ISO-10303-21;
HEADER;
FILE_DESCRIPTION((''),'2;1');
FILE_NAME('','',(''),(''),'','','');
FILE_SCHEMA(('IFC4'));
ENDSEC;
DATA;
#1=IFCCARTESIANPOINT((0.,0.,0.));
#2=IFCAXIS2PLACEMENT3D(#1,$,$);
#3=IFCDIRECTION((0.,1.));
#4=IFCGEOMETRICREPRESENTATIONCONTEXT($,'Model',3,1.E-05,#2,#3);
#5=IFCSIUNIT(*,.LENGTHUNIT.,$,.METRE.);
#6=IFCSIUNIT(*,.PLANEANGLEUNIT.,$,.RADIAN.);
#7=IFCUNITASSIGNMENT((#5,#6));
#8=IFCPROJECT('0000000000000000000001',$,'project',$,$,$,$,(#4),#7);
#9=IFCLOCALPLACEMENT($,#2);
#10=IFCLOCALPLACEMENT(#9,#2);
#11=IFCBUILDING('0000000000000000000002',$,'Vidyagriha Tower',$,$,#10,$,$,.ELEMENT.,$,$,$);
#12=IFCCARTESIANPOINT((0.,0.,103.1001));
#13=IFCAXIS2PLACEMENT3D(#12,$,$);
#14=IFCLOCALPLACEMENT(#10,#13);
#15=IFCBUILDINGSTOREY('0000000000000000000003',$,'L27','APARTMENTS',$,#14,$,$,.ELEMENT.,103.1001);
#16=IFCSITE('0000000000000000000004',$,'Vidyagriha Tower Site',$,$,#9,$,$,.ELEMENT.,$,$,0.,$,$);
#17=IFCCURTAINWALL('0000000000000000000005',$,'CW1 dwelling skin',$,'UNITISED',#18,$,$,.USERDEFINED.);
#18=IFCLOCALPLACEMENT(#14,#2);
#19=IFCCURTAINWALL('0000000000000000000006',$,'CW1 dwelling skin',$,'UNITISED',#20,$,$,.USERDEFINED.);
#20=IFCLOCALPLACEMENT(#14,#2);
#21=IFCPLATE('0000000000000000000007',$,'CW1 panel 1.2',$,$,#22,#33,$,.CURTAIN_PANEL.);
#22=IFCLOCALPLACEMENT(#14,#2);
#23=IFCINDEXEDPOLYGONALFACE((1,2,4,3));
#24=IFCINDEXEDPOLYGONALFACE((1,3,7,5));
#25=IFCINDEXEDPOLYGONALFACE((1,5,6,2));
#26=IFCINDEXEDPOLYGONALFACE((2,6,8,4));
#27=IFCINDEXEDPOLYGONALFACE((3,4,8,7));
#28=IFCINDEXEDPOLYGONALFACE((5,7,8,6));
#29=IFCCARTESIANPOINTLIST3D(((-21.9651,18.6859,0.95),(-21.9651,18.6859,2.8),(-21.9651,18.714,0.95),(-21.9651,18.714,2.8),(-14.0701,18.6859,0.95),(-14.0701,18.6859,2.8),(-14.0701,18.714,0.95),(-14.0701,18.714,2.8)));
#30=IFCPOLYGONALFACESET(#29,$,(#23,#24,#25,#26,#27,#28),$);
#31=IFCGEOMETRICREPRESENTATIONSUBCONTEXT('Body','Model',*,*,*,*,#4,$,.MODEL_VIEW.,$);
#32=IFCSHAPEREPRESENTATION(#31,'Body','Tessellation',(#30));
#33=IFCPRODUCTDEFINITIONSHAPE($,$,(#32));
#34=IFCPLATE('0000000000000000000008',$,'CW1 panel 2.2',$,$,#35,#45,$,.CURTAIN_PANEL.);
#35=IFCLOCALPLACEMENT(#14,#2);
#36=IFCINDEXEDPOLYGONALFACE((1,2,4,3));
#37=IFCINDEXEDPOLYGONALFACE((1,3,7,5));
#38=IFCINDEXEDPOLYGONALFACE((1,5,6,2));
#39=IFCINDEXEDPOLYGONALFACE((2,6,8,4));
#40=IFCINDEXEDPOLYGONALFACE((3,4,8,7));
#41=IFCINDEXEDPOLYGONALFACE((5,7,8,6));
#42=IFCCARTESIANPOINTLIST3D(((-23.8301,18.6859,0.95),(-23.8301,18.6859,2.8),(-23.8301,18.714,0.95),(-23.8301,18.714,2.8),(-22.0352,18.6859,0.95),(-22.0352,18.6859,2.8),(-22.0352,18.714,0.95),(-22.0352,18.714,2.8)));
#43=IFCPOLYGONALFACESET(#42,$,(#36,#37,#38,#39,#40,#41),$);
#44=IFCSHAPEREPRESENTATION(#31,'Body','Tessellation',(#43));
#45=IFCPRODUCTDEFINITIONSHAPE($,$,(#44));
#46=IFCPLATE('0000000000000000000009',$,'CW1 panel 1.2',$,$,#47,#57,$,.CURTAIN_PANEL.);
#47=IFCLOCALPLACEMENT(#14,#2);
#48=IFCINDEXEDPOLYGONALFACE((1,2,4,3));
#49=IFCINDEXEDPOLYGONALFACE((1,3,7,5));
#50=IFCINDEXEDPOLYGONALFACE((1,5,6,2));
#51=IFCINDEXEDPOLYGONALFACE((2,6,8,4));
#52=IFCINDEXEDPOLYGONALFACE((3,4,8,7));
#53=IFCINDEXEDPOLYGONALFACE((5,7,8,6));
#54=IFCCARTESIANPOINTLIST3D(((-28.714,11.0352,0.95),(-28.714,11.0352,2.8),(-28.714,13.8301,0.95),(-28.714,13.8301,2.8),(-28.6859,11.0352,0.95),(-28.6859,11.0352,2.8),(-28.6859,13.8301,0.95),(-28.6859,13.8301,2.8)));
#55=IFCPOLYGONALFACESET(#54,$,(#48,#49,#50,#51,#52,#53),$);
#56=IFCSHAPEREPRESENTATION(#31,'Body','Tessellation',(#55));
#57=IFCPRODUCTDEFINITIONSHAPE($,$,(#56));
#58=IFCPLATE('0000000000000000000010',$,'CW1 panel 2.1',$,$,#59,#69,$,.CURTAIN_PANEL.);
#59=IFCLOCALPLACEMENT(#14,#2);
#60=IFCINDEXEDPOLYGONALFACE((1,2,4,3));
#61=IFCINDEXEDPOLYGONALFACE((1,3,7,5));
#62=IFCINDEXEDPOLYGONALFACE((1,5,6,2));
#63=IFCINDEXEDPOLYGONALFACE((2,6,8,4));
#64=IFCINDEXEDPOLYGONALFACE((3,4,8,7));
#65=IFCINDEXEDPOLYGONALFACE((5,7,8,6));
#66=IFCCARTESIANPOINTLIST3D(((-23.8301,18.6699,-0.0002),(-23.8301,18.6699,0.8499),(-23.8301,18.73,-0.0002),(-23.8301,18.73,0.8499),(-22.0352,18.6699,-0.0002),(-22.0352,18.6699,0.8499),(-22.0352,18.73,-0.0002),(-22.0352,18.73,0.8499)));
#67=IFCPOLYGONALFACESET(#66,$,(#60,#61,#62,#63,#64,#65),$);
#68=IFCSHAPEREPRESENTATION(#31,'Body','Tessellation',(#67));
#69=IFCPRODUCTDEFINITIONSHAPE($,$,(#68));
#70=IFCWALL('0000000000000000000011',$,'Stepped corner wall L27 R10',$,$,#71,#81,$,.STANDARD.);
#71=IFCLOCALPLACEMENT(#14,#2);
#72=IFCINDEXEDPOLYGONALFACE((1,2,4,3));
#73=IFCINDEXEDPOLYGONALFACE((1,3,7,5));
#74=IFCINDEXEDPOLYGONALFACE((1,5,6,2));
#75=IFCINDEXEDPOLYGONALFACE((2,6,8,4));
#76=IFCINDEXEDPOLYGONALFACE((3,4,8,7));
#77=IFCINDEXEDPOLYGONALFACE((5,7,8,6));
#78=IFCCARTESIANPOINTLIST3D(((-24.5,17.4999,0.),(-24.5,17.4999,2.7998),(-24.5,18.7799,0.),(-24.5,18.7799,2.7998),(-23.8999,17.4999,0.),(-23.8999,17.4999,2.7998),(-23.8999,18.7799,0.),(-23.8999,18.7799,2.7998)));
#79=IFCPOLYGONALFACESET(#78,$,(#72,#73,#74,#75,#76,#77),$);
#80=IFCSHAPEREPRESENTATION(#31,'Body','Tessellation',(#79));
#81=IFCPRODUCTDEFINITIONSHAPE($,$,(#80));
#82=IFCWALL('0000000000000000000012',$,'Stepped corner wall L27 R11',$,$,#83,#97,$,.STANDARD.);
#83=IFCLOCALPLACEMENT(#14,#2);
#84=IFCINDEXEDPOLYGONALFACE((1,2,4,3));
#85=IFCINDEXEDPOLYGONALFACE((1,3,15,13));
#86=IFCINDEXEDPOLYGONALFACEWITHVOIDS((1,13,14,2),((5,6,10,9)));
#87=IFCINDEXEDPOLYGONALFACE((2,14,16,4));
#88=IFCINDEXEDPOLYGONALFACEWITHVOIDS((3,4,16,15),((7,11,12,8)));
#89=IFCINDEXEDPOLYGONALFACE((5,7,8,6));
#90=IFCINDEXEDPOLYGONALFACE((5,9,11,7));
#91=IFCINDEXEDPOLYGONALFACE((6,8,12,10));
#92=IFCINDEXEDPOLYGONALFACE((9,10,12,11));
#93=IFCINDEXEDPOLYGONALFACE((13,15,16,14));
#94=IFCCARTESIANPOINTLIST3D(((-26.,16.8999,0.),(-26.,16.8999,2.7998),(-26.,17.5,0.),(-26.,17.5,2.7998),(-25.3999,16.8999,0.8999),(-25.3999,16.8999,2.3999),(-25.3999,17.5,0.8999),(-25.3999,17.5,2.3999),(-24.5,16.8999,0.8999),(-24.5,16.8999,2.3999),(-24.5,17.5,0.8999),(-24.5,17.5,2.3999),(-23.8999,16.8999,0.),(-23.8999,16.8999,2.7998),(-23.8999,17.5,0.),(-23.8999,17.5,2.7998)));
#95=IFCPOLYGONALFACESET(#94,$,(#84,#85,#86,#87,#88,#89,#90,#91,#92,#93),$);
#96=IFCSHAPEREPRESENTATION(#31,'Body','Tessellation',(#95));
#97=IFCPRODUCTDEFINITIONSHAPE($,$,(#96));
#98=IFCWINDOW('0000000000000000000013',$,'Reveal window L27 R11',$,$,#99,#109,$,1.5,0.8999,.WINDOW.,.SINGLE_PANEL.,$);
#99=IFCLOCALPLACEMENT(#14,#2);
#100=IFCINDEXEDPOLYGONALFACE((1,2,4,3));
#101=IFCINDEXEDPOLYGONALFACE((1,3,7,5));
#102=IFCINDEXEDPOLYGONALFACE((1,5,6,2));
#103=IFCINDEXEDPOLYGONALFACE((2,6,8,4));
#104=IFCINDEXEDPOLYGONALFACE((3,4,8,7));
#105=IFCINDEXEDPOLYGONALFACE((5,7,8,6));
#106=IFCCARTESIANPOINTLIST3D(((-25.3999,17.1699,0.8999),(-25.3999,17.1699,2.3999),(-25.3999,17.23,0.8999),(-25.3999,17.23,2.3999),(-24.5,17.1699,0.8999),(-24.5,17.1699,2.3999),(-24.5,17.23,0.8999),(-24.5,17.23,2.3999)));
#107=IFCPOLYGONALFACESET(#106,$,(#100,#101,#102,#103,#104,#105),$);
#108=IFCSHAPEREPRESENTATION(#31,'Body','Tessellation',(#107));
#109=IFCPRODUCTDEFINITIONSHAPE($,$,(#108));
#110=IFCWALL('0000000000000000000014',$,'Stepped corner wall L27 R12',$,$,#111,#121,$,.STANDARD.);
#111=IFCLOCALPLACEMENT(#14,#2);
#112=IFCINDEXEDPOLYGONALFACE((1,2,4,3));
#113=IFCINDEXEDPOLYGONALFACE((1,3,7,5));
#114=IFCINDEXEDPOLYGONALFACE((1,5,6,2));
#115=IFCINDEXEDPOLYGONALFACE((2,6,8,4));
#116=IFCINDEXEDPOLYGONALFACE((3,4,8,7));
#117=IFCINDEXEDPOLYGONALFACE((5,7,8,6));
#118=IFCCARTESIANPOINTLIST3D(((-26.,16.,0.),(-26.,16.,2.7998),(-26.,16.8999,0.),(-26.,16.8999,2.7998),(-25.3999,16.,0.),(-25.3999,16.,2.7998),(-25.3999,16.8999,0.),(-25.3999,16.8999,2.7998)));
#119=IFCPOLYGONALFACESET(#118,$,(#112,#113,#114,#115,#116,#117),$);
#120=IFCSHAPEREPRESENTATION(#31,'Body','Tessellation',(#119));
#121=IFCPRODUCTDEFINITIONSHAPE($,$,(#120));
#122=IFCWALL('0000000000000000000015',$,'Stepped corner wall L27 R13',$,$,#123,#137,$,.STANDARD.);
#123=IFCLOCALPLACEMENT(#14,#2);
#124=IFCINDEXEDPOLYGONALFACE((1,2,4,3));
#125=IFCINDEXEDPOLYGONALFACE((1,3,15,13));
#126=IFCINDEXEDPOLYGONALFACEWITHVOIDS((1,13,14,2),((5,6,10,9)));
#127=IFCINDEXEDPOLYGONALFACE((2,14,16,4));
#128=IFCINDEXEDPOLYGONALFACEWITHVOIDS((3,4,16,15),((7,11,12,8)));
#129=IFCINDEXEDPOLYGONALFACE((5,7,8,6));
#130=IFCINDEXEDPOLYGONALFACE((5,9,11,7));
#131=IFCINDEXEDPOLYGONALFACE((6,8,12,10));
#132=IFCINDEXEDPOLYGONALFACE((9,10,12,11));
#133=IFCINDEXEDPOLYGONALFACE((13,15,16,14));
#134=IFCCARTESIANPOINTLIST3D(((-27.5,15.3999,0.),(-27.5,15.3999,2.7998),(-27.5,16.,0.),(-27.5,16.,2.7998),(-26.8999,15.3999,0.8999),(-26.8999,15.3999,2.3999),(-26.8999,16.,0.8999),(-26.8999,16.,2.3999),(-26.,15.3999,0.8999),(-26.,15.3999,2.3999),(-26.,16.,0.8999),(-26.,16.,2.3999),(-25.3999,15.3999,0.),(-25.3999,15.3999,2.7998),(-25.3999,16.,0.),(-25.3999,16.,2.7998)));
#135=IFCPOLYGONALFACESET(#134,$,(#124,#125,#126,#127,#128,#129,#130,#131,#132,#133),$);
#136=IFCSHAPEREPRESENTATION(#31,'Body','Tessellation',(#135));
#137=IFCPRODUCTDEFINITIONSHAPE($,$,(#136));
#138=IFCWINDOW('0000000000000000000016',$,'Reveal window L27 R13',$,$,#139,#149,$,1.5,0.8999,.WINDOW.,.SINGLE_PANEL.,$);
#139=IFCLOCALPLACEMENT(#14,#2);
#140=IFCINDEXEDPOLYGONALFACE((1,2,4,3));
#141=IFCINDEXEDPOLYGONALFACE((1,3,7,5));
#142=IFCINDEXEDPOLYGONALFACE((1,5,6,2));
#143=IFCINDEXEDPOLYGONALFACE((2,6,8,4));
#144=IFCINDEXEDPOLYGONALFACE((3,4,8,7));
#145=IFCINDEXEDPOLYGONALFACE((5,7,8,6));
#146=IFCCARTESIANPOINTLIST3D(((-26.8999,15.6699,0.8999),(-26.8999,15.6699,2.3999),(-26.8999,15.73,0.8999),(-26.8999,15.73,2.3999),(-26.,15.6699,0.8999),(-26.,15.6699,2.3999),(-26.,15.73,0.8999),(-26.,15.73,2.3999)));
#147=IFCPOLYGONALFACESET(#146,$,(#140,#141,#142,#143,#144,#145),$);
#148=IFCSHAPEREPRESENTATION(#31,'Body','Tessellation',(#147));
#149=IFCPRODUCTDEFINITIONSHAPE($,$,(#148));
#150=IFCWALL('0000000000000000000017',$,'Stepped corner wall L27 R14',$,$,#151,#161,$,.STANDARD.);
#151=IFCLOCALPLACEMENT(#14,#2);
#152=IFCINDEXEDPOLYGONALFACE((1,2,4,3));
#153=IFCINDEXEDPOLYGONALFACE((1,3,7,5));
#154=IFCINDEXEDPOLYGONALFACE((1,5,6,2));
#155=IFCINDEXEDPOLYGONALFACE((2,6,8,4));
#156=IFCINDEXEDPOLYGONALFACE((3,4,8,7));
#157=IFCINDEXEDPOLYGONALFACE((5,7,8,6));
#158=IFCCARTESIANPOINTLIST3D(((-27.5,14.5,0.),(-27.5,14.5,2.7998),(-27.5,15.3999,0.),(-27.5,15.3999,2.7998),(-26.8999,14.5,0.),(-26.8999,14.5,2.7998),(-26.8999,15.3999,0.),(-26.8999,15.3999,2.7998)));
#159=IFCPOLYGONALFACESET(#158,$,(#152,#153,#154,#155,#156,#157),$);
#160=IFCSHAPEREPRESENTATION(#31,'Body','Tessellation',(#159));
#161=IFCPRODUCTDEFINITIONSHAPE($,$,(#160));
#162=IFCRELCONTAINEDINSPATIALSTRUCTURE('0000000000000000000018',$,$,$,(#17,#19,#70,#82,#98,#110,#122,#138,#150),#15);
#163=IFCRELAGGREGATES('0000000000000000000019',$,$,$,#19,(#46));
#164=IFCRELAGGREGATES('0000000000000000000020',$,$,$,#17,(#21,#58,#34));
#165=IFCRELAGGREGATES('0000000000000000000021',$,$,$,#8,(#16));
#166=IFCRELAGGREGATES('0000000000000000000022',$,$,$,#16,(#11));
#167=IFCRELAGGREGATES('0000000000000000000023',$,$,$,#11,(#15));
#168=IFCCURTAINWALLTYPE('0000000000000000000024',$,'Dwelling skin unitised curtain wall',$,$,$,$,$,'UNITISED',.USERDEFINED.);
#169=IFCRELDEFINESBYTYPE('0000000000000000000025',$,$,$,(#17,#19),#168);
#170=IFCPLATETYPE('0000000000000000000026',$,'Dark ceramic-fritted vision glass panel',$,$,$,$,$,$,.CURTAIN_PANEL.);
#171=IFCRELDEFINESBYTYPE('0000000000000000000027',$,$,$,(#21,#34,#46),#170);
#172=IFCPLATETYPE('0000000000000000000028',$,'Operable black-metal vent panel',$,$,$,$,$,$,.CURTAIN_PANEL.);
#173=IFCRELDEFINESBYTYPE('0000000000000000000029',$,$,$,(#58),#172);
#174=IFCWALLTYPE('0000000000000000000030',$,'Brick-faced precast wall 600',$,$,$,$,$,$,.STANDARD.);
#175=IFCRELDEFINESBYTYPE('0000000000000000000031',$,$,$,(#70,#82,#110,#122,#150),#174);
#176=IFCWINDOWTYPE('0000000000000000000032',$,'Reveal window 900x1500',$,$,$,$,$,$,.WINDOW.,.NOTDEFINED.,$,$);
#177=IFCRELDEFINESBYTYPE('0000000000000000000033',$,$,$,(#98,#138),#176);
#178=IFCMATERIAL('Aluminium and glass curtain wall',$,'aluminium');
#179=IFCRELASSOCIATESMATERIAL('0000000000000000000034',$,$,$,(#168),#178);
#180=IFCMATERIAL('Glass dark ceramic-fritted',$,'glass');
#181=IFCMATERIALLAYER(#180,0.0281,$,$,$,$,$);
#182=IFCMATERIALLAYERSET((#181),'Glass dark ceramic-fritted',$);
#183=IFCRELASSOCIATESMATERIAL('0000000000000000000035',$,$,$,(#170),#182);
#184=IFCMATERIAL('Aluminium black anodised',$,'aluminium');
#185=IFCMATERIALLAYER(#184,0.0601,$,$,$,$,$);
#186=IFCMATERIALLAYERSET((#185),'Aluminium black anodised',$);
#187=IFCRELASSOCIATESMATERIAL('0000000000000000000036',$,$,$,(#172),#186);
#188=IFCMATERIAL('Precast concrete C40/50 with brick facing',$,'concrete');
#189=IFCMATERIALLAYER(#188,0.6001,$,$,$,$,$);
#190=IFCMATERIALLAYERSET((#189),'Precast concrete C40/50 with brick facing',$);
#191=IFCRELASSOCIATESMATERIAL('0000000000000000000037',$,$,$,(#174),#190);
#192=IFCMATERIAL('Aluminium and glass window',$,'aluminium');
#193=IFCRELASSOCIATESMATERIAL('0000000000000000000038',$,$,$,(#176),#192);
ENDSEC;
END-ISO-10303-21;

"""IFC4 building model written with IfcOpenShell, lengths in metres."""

from ifc_helpers import new_model, si_unit, direction, frame, frame_2d, origin, origin_2d, place, context, subcontext, project, spatial, rectangle, extrude, material, layer, layer_set, type_object, element, fill, aggregate, save


model = new_model("IFC4")

# Units and contexts
model_context = context("Model", 3, precision=1e-05, world=origin(), true_north=direction((0.0, 1.0)))
body_context = subcontext(model_context, "Body", "Model", "MODEL_VIEW")
ifc_project = project(units=[si_unit("LENGTHUNIT", "METRE"), si_unit("PLANEANGLEUNIT", "RADIAN")], contexts=[model_context])

# Site, building, storey
site_placement = place(None, origin())
site = spatial("IfcSite", under=ifc_project, at=site_placement, Name="Vidyagriha Tower Site", CompositionType="ELEMENT", RefElevation=0.0)
building_placement = place(site_placement, origin())
building = spatial("IfcBuilding", under=site, at=building_placement, Name="Vidyagriha Tower", CompositionType="ELEMENT")
storey_placement = place(building_placement, frame((0.0, 0.0, 103.1001)))
storey = spatial("IfcBuildingStorey", under=building, at=storey_placement, Name="L27", Description="APARTMENTS", CompositionType="ELEMENT", Elevation=103.1001)

# Curtain wall
ifc_material_1 = material(Name="Aluminium and glass curtain wall", Category="aluminium")
curtain_wall_type = type_object("IfcCurtainWallType", Name="Dwelling skin unitised curtain wall", ElementType="UNITISED", PredefinedType="USERDEFINED", material=ifc_material_1)
curtain_wall_1_placement = place(storey_placement, origin())
curtain_wall_1 = element("IfcCurtainWall", 1, at=curtain_wall_1_placement, inside=storey, type_object=curtain_wall_type, Name="CW1 dwelling skin", ObjectType="UNITISED", PredefinedType="USERDEFINED")

# Curtain wall
curtain_wall_2_placement = place(storey_placement, origin())
curtain_wall_2 = element("IfcCurtainWall", 2, at=curtain_wall_2_placement, inside=storey, type_object=curtain_wall_type, Name="CW1 dwelling skin", ObjectType="UNITISED", PredefinedType="USERDEFINED")

# Plates
ifc_material_2 = material(Name="Glass dark ceramic-fritted", Category="glass")
ifc_layer_1 = layer(ifc_material_2, 0.0281)
ifc_layer_set_1 = layer_set([ifc_layer_1], Name="Glass dark ceramic-fritted")
plate_type_1 = type_object("IfcPlateType", Name="Dark ceramic-fritted vision glass panel", PredefinedType="CURTAIN_PANEL", material=ifc_layer_set_1)
plate_1_placement = place(storey_placement, frame((-18.0176, 18.7, 0.95), z_axis=(0.0, 0.0, 1.0), x_axis=(-1.0, 0.0, 0.0)))
plate_1 = element("IfcPlate", 3, at=plate_1_placement, type_object=plate_type_1, Name="CW1 panel 1.2", PredefinedType="CURTAIN_PANEL", context=body_context, shape_type="SweptSolid", body=[
    extrude(rectangle(XDim=7.895, YDim=0.0281, at=origin_2d()), origin(), (0.0, 0.0, 1.0), 1.8501),
])
plate_2_placement = place(storey_placement, frame((-22.9326, 18.7, 0.95), z_axis=(0.0, 0.0, 1.0), x_axis=(-1.0, 0.0, 0.0)))
plate_2 = element("IfcPlate", 4, at=plate_2_placement, type_object=plate_type_1, Name="CW1 panel 2.2", PredefinedType="CURTAIN_PANEL", context=body_context, shape_type="SweptSolid", body=[
    extrude(rectangle(XDim=1.7949, YDim=0.0281, at=origin_2d()), origin(), (0.0, 0.0, 1.0), 1.8501),
])
plate_3_placement = place(storey_placement, frame((-28.7, 12.4326, 0.95), z_axis=(0.0, 0.0, 1.0), x_axis=(0.0, -1.0, 0.0)))
plate_3 = element("IfcPlate", 5, at=plate_3_placement, type_object=plate_type_1, Name="CW1 panel 1.2", PredefinedType="CURTAIN_PANEL", context=body_context, shape_type="SweptSolid", body=[
    extrude(rectangle(XDim=2.7949, YDim=0.0281, at=origin_2d()), origin(), (0.0, 0.0, 1.0), 1.8501),
])
aggregate(curtain_wall_2, [plate_3])
ifc_material_3 = material(Name="Aluminium black anodised", Category="aluminium")
ifc_layer_2 = layer(ifc_material_3, 0.0601)
ifc_layer_set_2 = layer_set([ifc_layer_2], Name="Aluminium black anodised")
plate_type_2 = type_object("IfcPlateType", Name="Operable black-metal vent panel", PredefinedType="CURTAIN_PANEL", material=ifc_layer_set_2)
plate_4_placement = place(storey_placement, frame((-22.9326, 18.7, -0.0002), z_axis=(0.0, 0.0, 1.0), x_axis=(-1.0, 0.0, 0.0)))
plate_4 = element("IfcPlate", 6, at=plate_4_placement, type_object=plate_type_2, Name="CW1 panel 2.1", PredefinedType="CURTAIN_PANEL", context=body_context, shape_type="SweptSolid", body=[
    extrude(rectangle(XDim=1.7949, YDim=0.0601, at=origin_2d()), origin(), (0.0, 0.0, 1.0), 0.8501),
])
aggregate(curtain_wall_1, [plate_1, plate_4, plate_2])

# Wall
ifc_material_4 = material(Name="Precast concrete C40/50 with brick facing", Category="concrete")
ifc_layer_3 = layer(ifc_material_4, 0.6001)
ifc_layer_set_3 = layer_set([ifc_layer_3], Name="Precast concrete C40/50 with brick facing")
wall_type_1 = type_object("IfcWallType", Name="Brick-faced precast wall 600", PredefinedType="STANDARD", material=ifc_layer_set_3)
wall_1_placement = place(storey_placement, frame((-24.2, 18.78, 0.0), z_axis=(0.0, 0.0, 1.0), x_axis=(0.0, -1.0, 0.0)))
element("IfcWall", 7, at=wall_1_placement, inside=storey, type_object=wall_type_1, Name="Stepped corner wall L27 R10", PredefinedType="STANDARD", context=body_context, shape_type="SweptSolid", body=[
    extrude(rectangle(XDim=1.28, YDim=0.6001, at=frame_2d((0.6401, 0.0))), origin(), (0.0, 0.0, 1.0), 2.7998),
])

# Wall, opening, window
wall_2_placement = place(storey_placement, frame((-23.8999, 17.2, 0.0), z_axis=(0.0, 0.0, 1.0), x_axis=(-1.0, 0.0, 0.0)))
wall_2 = element("IfcWall", 8, at=wall_2_placement, inside=storey, type_object=wall_type_1, Name="Stepped corner wall L27 R11", PredefinedType="STANDARD", context=body_context, shape_type="SweptSolid", body=[
    extrude(rectangle(XDim=2.1001, YDim=0.6001, at=frame_2d((1.05, 0.0))), origin(), (0.0, 0.0, 1.0), 2.7998),
])
opening_1_placement = place(wall_2_placement, frame((0.6001, 0.0, 0.8999)))
opening_1 = element("IfcOpeningElement", 9, at=opening_1_placement, cuts=wall_2, PredefinedType="OPENING", context=body_context, shape_type="SweptSolid", body=[
    extrude(rectangle(XDim=0.8999, YDim=1.5, at=frame_2d((0.45, 0.75))), frame((0.0, 0.3101, 0.0), z_axis=(0.0, -1.0, 0.0), x_axis=(1.0, 0.0, 0.0)), (0.0, 0.0, 1.0), 0.6201),
])
ifc_material_5 = material(Name="Aluminium and glass window", Category="aluminium")
window_type = type_object("IfcWindowType", Name="Reveal window 900x1500", PartitioningType="NOTDEFINED", PredefinedType="WINDOW", material=ifc_material_5)
window_1_placement = place(opening_1_placement, origin())
window_1 = element("IfcWindow", 10, at=window_1_placement, inside=storey, type_object=window_type, Name="Reveal window L27 R11", OverallHeight=1.5, OverallWidth=0.8999, PartitioningType="SINGLE_PANEL", PredefinedType="WINDOW", context=body_context, shape_type="SweptSolid", body=[
    extrude(rectangle(XDim=0.8999, YDim=1.5, at=frame_2d((0.45, 0.75))), frame((0.0, 0.03, 0.0), z_axis=(0.0, -1.0, 0.0), x_axis=(1.0, 0.0, 0.0)), (0.0, 0.0, 1.0), 0.0601),
])
fill(opening_1, window_1)

# Wall
wall_3_placement = place(storey_placement, frame((-25.7, 16.8999, 0.0), z_axis=(0.0, 0.0, 1.0), x_axis=(0.0, -1.0, 0.0)))
element("IfcWall", 11, at=wall_3_placement, inside=storey, type_object=wall_type_1, Name="Stepped corner wall L27 R12", PredefinedType="STANDARD", context=body_context, shape_type="SweptSolid", body=[
    extrude(rectangle(XDim=0.8999, YDim=0.6001, at=frame_2d((0.45, 0.0))), origin(), (0.0, 0.0, 1.0), 2.7998),
])

# Wall, opening, window
wall_4_placement = place(storey_placement, frame((-25.3999, 15.7, 0.0), z_axis=(0.0, 0.0, 1.0), x_axis=(-1.0, 0.0, 0.0)))
wall_4 = element("IfcWall", 12, at=wall_4_placement, inside=storey, type_object=wall_type_1, Name="Stepped corner wall L27 R13", PredefinedType="STANDARD", context=body_context, shape_type="SweptSolid", body=[
    extrude(rectangle(XDim=2.1001, YDim=0.6001, at=frame_2d((1.05, 0.0))), origin(), (0.0, 0.0, 1.0), 2.7998),
])
opening_2_placement = place(wall_4_placement, frame((0.6001, 0.0, 0.8999)))
opening_2 = element("IfcOpeningElement", 13, at=opening_2_placement, cuts=wall_4, PredefinedType="OPENING", context=body_context, shape_type="SweptSolid", body=[
    extrude(rectangle(XDim=0.8999, YDim=1.5, at=frame_2d((0.45, 0.75))), frame((0.0, 0.3101, 0.0), z_axis=(0.0, -1.0, 0.0), x_axis=(1.0, 0.0, 0.0)), (0.0, 0.0, 1.0), 0.6201),
])
window_2_placement = place(opening_2_placement, origin())
window_2 = element("IfcWindow", 14, at=window_2_placement, inside=storey, type_object=window_type, Name="Reveal window L27 R13", OverallHeight=1.5, OverallWidth=0.8999, PartitioningType="SINGLE_PANEL", PredefinedType="WINDOW", context=body_context, shape_type="SweptSolid", body=[
    extrude(rectangle(XDim=0.8999, YDim=1.5, at=frame_2d((0.45, 0.75))), frame((0.0, 0.03, 0.0), z_axis=(0.0, -1.0, 0.0), x_axis=(1.0, 0.0, 0.0)), (0.0, 0.0, 1.0), 0.0601),
])
fill(opening_2, window_2)

# Wall
wall_5_placement = place(storey_placement, frame((-27.2, 15.3999, 0.0), z_axis=(0.0, 0.0, 1.0), x_axis=(0.0, -1.0, 0.0)))
element("IfcWall", 15, at=wall_5_placement, inside=storey, type_object=wall_type_1, Name="Stepped corner wall L27 R14", PredefinedType="STANDARD", context=body_context, shape_type="SweptSolid", body=[
    extrude(rectangle(XDim=0.8999, YDim=0.6001, at=frame_2d((0.45, 0.0))), origin(), (0.0, 0.0, 1.0), 2.7998),
])

save(model, "model.ifc")
